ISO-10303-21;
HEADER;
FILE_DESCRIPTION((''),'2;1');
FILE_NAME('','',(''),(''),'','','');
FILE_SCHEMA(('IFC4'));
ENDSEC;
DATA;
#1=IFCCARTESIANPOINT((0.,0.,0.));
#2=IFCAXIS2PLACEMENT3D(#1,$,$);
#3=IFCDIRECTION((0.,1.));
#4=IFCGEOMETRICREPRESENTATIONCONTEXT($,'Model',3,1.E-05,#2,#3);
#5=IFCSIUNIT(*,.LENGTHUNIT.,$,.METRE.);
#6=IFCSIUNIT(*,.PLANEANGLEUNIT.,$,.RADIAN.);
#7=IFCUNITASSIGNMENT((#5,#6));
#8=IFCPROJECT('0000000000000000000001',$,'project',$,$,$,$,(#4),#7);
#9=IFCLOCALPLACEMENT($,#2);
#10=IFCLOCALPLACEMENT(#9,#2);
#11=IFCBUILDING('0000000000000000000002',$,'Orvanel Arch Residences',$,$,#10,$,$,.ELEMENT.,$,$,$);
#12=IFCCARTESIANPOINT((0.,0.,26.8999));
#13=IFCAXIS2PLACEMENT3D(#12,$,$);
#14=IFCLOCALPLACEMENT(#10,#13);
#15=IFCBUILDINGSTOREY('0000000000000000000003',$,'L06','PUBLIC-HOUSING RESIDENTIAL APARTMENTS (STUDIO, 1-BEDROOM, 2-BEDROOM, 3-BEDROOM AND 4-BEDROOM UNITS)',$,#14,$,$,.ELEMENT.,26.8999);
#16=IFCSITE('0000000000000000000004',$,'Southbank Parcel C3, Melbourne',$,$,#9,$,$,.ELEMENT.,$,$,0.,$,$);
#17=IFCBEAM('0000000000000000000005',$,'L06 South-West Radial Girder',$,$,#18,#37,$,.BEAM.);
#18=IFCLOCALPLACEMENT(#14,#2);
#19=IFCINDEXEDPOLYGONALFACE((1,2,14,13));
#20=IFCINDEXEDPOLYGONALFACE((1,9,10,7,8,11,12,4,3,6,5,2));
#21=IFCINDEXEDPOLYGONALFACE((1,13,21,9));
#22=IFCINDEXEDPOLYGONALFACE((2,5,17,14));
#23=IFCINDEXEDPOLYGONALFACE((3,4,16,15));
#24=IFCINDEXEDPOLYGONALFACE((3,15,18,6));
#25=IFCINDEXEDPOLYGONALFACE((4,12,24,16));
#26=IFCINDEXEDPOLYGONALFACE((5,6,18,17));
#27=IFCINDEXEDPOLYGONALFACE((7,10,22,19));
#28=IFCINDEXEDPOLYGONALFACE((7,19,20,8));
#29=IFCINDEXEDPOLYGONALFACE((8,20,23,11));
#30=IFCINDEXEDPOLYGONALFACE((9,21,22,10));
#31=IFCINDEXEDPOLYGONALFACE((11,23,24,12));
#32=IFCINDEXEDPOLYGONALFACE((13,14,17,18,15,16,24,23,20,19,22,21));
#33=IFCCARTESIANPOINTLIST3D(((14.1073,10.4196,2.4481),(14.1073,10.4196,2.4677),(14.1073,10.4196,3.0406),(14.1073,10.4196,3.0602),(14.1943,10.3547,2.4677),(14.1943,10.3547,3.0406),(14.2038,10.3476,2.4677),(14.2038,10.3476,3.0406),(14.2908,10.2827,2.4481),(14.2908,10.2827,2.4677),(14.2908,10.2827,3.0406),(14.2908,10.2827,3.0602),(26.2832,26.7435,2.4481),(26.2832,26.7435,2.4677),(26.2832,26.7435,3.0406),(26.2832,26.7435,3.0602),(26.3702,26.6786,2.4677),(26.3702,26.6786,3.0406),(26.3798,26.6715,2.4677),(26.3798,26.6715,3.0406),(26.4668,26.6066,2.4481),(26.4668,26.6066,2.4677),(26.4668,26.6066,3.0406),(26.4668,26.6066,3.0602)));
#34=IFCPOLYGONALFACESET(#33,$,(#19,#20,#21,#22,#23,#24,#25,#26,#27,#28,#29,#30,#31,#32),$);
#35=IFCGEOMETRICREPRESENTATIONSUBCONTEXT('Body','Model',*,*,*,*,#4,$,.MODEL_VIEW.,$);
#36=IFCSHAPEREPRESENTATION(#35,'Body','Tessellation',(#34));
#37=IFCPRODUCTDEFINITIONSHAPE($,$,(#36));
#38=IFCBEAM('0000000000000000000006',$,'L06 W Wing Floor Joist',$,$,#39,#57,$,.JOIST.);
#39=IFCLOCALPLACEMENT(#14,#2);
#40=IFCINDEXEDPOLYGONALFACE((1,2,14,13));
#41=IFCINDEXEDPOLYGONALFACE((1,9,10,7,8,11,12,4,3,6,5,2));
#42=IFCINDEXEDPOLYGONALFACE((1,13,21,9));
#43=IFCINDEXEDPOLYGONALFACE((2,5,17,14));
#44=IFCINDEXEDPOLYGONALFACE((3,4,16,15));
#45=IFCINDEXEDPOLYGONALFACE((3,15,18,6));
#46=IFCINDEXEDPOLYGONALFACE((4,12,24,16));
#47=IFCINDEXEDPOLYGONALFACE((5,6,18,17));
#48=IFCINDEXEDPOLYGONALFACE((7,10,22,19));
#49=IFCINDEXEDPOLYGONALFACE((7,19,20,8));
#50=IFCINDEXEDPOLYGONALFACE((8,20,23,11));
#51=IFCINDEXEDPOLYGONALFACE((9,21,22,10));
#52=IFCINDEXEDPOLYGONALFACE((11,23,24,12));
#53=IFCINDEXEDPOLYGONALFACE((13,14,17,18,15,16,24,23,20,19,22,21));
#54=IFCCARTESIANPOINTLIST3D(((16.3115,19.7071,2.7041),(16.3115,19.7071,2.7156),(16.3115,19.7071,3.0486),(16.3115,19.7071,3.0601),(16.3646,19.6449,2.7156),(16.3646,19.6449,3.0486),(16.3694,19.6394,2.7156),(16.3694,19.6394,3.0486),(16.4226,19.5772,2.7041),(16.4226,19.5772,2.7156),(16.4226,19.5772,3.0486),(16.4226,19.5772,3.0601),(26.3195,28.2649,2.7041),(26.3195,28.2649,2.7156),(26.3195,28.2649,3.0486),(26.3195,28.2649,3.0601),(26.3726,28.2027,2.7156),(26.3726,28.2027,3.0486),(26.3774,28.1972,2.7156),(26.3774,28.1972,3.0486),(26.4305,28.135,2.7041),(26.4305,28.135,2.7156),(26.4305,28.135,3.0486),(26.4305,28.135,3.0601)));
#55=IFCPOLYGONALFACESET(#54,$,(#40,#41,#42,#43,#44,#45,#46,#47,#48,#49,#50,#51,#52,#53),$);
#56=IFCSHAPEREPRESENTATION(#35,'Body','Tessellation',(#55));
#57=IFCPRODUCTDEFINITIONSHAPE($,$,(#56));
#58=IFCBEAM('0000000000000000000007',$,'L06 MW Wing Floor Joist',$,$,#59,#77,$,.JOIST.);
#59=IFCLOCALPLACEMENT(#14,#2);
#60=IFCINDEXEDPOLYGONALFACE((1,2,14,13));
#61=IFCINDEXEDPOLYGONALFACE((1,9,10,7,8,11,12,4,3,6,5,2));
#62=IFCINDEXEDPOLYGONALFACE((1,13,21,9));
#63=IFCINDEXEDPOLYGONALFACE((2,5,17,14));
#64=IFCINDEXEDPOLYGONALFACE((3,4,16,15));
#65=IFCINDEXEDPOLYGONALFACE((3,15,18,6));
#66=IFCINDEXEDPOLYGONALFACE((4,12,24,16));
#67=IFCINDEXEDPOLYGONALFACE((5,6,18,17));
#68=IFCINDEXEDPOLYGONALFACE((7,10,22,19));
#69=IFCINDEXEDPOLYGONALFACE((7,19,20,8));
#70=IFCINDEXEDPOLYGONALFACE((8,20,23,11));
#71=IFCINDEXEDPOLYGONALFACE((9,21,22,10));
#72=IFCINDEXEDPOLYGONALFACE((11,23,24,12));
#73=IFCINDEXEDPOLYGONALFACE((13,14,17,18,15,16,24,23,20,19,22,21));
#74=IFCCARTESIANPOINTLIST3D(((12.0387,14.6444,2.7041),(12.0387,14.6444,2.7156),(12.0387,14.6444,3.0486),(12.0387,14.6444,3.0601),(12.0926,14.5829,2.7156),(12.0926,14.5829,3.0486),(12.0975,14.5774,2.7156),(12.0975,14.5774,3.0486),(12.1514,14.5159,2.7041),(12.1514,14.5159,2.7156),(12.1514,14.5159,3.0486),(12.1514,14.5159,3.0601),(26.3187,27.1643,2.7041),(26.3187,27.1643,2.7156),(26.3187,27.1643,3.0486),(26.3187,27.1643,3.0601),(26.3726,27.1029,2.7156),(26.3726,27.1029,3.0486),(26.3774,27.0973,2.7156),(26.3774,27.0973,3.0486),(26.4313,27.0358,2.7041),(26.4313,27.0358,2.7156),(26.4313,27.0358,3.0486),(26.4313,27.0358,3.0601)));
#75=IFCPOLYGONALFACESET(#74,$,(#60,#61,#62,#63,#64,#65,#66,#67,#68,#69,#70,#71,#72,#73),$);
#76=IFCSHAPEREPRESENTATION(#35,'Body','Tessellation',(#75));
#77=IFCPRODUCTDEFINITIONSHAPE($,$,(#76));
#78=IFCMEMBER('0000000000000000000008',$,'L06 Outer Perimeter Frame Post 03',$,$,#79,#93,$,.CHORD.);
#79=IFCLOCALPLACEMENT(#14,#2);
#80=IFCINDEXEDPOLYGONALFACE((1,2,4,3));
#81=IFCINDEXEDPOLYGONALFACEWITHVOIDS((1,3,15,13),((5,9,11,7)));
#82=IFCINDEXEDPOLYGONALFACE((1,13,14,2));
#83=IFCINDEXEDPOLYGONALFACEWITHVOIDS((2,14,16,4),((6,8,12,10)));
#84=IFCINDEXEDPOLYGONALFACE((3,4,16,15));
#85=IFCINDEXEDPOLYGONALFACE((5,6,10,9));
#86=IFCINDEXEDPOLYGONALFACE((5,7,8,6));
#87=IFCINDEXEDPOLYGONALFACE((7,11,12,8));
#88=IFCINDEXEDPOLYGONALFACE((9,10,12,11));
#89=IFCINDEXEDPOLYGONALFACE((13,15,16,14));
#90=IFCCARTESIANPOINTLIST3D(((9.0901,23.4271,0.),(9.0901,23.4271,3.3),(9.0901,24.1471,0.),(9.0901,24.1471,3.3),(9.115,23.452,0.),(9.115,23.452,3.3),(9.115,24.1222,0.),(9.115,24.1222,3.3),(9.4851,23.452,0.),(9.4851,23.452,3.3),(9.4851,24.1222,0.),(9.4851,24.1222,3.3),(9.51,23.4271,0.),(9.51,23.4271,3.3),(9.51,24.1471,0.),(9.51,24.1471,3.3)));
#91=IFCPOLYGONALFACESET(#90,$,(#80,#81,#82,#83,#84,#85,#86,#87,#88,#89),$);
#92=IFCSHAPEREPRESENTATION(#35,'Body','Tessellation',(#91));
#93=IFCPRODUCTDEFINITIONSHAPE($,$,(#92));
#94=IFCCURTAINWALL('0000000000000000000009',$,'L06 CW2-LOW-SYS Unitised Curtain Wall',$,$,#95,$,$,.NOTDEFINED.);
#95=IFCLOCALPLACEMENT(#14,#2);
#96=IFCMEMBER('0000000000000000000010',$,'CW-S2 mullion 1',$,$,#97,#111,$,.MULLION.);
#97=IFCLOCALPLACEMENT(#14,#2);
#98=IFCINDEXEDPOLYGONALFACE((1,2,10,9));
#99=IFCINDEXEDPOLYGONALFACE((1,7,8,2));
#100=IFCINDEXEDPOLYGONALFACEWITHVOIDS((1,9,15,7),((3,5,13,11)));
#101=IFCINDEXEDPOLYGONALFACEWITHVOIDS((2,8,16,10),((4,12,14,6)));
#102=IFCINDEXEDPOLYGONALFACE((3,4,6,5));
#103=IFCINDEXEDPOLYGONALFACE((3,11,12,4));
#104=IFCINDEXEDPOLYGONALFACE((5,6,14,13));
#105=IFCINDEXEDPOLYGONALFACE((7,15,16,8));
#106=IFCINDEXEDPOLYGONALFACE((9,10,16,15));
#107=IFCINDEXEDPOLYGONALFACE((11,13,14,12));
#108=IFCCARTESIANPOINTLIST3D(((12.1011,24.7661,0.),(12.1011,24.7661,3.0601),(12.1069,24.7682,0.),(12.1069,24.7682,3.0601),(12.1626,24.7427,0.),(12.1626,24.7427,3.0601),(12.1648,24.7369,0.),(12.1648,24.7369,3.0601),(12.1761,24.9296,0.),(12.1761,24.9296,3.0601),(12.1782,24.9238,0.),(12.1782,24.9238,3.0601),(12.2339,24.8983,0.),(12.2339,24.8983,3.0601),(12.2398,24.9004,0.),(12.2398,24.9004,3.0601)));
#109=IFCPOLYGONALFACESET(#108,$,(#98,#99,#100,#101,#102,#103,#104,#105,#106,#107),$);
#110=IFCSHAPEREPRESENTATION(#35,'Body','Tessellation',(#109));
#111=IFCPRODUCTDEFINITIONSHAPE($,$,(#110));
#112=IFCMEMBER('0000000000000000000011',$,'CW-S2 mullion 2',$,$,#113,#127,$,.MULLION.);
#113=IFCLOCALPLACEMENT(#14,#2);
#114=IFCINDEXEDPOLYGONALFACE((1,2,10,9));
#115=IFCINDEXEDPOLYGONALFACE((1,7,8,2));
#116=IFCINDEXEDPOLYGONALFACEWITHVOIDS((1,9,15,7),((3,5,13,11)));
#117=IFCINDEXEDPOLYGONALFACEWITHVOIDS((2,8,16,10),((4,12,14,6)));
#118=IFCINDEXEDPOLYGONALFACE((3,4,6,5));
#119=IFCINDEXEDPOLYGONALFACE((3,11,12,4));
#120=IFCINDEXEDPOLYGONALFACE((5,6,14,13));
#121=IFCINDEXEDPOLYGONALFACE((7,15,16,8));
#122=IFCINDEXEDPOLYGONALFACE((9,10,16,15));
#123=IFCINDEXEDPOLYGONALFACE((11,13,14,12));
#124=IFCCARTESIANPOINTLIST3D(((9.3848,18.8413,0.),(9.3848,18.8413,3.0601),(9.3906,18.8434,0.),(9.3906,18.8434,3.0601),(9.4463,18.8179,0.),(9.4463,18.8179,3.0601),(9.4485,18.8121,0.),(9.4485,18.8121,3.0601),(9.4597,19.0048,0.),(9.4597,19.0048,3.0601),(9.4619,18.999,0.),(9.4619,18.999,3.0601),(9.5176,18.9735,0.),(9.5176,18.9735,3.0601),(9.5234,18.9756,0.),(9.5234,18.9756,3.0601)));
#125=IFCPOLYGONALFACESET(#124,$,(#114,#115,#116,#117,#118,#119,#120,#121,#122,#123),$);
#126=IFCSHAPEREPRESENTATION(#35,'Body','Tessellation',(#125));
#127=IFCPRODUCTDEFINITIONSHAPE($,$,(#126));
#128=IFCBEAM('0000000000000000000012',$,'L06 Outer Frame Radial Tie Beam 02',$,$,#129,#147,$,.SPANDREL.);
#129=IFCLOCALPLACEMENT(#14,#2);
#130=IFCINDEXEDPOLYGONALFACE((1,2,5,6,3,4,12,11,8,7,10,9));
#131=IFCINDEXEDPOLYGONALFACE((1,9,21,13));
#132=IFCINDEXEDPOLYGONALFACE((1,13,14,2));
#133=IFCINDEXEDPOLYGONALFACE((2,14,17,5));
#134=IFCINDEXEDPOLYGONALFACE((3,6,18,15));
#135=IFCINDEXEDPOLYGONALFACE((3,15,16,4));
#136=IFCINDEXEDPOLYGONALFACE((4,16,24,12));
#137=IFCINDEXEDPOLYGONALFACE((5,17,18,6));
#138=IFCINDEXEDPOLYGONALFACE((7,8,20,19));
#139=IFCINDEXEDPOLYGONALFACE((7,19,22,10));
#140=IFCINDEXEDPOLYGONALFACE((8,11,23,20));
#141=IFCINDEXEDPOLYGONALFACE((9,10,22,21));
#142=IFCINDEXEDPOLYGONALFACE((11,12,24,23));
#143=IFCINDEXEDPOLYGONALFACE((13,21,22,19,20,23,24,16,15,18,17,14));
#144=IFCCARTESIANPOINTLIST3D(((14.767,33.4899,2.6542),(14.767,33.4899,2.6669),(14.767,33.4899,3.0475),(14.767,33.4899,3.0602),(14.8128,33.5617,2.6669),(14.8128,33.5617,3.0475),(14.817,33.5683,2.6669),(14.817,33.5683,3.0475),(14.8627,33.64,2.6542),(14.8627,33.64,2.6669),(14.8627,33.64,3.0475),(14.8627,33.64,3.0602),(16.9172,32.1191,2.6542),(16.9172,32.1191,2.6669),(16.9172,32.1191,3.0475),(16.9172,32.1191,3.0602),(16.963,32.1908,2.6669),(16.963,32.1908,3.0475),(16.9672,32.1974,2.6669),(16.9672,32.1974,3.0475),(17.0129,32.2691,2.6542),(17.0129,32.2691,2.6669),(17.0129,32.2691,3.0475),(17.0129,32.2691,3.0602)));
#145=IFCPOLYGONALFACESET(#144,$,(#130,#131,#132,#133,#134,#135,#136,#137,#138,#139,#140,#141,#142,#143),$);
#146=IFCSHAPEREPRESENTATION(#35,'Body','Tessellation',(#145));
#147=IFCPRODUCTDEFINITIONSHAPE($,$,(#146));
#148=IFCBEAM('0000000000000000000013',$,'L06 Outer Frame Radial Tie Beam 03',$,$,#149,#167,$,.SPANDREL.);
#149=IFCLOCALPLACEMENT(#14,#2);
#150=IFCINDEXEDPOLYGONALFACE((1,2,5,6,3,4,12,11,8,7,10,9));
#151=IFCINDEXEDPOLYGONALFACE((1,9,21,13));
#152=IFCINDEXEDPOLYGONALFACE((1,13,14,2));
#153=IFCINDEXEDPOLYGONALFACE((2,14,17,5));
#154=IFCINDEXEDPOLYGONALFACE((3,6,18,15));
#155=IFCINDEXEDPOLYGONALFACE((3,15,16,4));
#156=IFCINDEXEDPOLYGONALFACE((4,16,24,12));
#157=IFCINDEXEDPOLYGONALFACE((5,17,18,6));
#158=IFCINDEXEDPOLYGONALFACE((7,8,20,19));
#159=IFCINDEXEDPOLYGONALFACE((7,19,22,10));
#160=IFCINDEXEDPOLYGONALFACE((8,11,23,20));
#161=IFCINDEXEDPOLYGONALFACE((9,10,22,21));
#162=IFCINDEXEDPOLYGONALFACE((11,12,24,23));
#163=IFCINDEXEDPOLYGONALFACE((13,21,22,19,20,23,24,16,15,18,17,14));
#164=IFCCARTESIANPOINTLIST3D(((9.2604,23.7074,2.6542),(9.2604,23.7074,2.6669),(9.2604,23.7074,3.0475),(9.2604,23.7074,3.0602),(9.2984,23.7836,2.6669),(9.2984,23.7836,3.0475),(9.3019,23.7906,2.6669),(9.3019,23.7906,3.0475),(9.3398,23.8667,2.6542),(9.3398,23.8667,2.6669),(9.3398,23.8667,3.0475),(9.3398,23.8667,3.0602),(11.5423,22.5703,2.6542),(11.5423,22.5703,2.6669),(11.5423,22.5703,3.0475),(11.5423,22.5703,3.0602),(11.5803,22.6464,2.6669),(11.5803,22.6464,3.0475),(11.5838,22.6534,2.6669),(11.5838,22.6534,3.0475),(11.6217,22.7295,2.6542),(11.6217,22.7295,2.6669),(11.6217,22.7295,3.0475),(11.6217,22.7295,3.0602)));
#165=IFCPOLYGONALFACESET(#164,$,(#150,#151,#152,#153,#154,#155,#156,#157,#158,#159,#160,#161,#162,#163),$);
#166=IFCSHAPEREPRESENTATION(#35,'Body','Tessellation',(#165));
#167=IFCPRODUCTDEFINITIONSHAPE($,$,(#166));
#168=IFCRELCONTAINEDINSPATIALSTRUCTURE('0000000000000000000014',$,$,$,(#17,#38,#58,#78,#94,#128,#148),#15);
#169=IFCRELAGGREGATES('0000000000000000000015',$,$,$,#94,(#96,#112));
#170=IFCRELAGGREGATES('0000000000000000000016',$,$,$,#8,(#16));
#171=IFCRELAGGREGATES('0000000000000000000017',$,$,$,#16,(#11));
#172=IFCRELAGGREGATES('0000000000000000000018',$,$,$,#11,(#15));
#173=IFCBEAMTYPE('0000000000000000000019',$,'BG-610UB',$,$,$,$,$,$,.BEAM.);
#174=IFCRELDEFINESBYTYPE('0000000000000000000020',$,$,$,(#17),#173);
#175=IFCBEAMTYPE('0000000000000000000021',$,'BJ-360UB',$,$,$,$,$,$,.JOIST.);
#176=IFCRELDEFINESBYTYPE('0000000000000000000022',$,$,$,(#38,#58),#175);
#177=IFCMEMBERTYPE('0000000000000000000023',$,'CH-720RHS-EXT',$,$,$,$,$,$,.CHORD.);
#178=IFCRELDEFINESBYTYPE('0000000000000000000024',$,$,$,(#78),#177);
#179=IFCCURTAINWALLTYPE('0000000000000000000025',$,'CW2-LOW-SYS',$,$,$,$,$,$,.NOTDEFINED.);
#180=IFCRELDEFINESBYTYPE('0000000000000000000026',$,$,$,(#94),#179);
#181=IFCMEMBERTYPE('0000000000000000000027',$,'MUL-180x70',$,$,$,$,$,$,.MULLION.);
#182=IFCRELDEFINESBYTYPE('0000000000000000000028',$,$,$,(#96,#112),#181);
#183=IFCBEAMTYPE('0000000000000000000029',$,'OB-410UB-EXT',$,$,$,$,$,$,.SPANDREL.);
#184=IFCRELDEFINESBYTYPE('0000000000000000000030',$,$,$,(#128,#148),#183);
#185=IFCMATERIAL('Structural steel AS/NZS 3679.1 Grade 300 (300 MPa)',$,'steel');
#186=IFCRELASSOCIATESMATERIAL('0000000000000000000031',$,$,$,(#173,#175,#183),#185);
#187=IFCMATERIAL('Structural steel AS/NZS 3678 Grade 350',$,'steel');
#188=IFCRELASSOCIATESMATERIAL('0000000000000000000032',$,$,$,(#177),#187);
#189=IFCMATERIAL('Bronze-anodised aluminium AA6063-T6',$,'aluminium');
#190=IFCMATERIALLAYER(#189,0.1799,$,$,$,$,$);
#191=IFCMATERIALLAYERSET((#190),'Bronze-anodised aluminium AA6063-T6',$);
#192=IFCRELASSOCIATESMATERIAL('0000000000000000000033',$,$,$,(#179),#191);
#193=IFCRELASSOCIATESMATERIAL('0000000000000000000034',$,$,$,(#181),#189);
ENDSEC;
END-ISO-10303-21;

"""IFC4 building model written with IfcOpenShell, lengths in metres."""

from ifc_helpers import new_model, si_unit, direction, frame, origin, origin_2d, place, context, subcontext, project, spatial, hollow_rectangle, i_section, extrude, material, layer, layer_set, material_profile, profile_set, type_object, element, aggregate, save


model = new_model("IFC4")

# Units and contexts
model_context = context("Model", 3, precision=1e-05, world=origin(), true_north=direction((0.0, 1.0)))
body_context = subcontext(model_context, "Body", "Model", "MODEL_VIEW")
ifc_project = project(units=[si_unit("LENGTHUNIT", "METRE"), si_unit("PLANEANGLEUNIT", "RADIAN")], contexts=[model_context])

# Site, building, storey
site_placement = place(None, origin())
site = spatial("IfcSite", under=ifc_project, at=site_placement, Name="Southbank Parcel C3, Melbourne", CompositionType="ELEMENT", RefElevation=0.0)
building_placement = place(site_placement, origin())
building = spatial("IfcBuilding", under=site, at=building_placement, Name="Orvanel Arch Residences", CompositionType="ELEMENT")
storey_placement = place(building_placement, frame((0.0, 0.0, 26.8999)))
storey = spatial("IfcBuildingStorey", under=building, at=storey_placement, Name="L06", Description="PUBLIC-HOUSING RESIDENTIAL APARTMENTS (STUDIO, 1-BEDROOM, 2-BEDROOM, 3-BEDROOM AND 4-BEDROOM UNITS)", CompositionType="ELEMENT", Elevation=26.8999)

# Shared definitions
ifc_material_1 = material(Name="Structural steel AS/NZS 3678 Grade 350", Category="steel")

# Beams
ifc_material_2 = material(Name="Structural steel AS/NZS 3679.1 Grade 300 (300 MPa)", Category="steel")
ifc_material_profile_1 = material_profile(ifc_material_2, i_section(OverallWidth=0.229, OverallDepth=0.6121, WebThickness=0.012, FlangeThickness=0.0195, at=origin_2d()), Name="610UB125")
ifc_profile_set_1 = profile_set([ifc_material_profile_1], Name="Structural steel AS/NZS 3679.1 Grade 300 (300 MPa)")
beam_type_1 = type_object("IfcBeamType", Name="BG-610UB", PredefinedType="BEAM", material=ifc_profile_set_1)
beam_1_placement = place(storey_placement, frame((26.375, 26.675, 2.7542), z_axis=(-0.597894, -0.801575, 0.0), x_axis=(0.801575, -0.597894, 0.0)))
element("IfcBeam", 1, at=beam_1_placement, inside=storey, type_object=beam_type_1, Name="L06 South-West Radial Girder", PredefinedType="BEAM", context=body_context, shape_type="SweptSolid", body=[
    extrude(i_section(OverallWidth=0.229, OverallDepth=0.6121, WebThickness=0.012, FlangeThickness=0.0195, at=origin_2d()), origin(), (0.0, 0.0, 1.0), 20.3647),
])
ifc_material_profile_2 = material_profile(ifc_material_2, i_section(OverallWidth=0.1709, OverallDepth=0.356, WebThickness=0.0073, FlangeThickness=0.0115, at=origin_2d()), Name="360UB50.7")
ifc_profile_set_2 = profile_set([ifc_material_profile_2], Name="Structural steel AS/NZS 3679.1 Grade 300 (300 MPa)")
beam_type_2 = type_object("IfcBeamType", Name="BJ-360UB", PredefinedType="JOIST", material=ifc_profile_set_2)
beam_2_placement = place(storey_placement, frame((26.375, 28.2, 2.8821), z_axis=(-0.760024, -0.649895, 0.0), x_axis=(0.649895, -0.760024, 0.0)))
element("IfcBeam", 2, at=beam_2_placement, inside=storey, type_object=beam_type_2, Name="L06 W Wing Floor Joist", PredefinedType="JOIST", context=body_context, shape_type="SweptSolid", body=[
    extrude(i_section(OverallWidth=0.1709, OverallDepth=0.356, WebThickness=0.0073, FlangeThickness=0.0115, at=origin_2d()), origin(), (0.0, 0.0, 1.0), 13.168),
])
beam_3_placement = place(storey_placement, frame((26.375, 27.1001, 2.8821), z_axis=(-0.751924, -0.65925, 0.0), x_axis=(0.65925, -0.751924, 0.0)))
element("IfcBeam", 3, at=beam_3_placement, inside=storey, type_object=beam_type_2, Name="L06 MW Wing Floor Joist", PredefinedType="JOIST", context=body_context, shape_type="SweptSolid", body=[
    extrude(i_section(OverallWidth=0.1709, OverallDepth=0.356, WebThickness=0.0073, FlangeThickness=0.0115, at=origin_2d()), origin(), (0.0, 0.0, 1.0), 18.9912),
])

# Member
ifc_material_profile_3 = material_profile(ifc_material_1, hollow_rectangle(XDim=0.4199, YDim=0.72, WallThickness=0.0249, at=origin_2d()), Name="RHS720x420x25")
ifc_profile_set_3 = profile_set([ifc_material_profile_3], Name="Structural steel AS/NZS 3678 Grade 350")
member_type_1 = type_object("IfcMemberType", Name="CH-720RHS-EXT", PredefinedType="CHORD", material=ifc_profile_set_3)
member_1_placement = place(storey_placement, frame((9.3, 23.7871, 0.0), z_axis=(0.0, 0.0, 1.0), x_axis=(1.0, 0.0, 0.0)))
element("IfcMember", 4, at=member_1_placement, inside=storey, type_object=member_type_1, Name="L06 Outer Perimeter Frame Post 03", PredefinedType="CHORD", context=body_context, shape_type="SweptSolid", body=[
    extrude(hollow_rectangle(XDim=0.4199, YDim=0.72, WallThickness=0.0249, at=origin_2d()), origin(), (0.0, 0.0, 1.0), 3.3),
])

# Curtain wall, members
ifc_material_3 = material(Name="Bronze-anodised aluminium AA6063-T6", Category="aluminium")
ifc_layer_1 = layer(ifc_material_3, 0.1799)
ifc_layer_set_1 = layer_set([ifc_layer_1], Name="Bronze-anodised aluminium AA6063-T6")
curtain_wall_type = type_object("IfcCurtainWallType", Name="CW2-LOW-SYS", PredefinedType="NOTDEFINED", material=ifc_layer_set_1)
curtain_wall_placement = place(storey_placement, origin())
curtain_wall = element("IfcCurtainWall", 5, at=curtain_wall_placement, inside=storey, type_object=curtain_wall_type, Name="L06 CW2-LOW-SYS Unitised Curtain Wall", PredefinedType="NOTDEFINED")
ifc_material_profile_4 = material_profile(ifc_material_3, hollow_rectangle(XDim=0.0701, YDim=0.1799, WallThickness=0.0044, at=origin_2d()), Name="ALU180x70x4.5")
ifc_profile_set_4 = profile_set([ifc_material_profile_4], Name="Bronze-anodised aluminium AA6063-T6")
member_type_2 = type_object("IfcMemberType", Name="MUL-180x70", PredefinedType="MULLION", material=ifc_profile_set_4)
member_2_placement = place(storey_placement, frame((12.1704, 24.8333, 0.0), z_axis=(0.0, 0.0, 1.0), x_axis=(0.909015, -0.416763, 0.0)))
member_2 = element("IfcMember", 6, at=member_2_placement, type_object=member_type_2, Name="CW-S2 mullion 1", PredefinedType="MULLION", context=body_context, shape_type="SweptSolid", body=[
    extrude(hollow_rectangle(XDim=0.0701, YDim=0.1799, WallThickness=0.0044, at=origin_2d()), origin(), (0.0, 0.0, 1.0), 3.0601),
])
member_3_placement = place(storey_placement, frame((9.4541, 18.9084, 0.0), z_axis=(0.0, 0.0, 1.0), x_axis=(0.909015, -0.416763, 0.0)))
member_3 = element("IfcMember", 7, at=member_3_placement, type_object=member_type_2, Name="CW-S2 mullion 2", PredefinedType="MULLION", context=body_context, shape_type="SweptSolid", body=[
    extrude(hollow_rectangle(XDim=0.0701, YDim=0.1799, WallThickness=0.0044, at=origin_2d()), origin(), (0.0, 0.0, 1.0), 3.0601),
])

# Beams
ifc_material_profile_5 = material_profile(ifc_material_2, i_section(OverallWidth=0.178, OverallDepth=0.406, WebThickness=0.0078, FlangeThickness=0.0127, at=origin_2d()), Name="410UB59.7")
ifc_profile_set_5 = profile_set([ifc_material_profile_5], Name="Structural steel AS/NZS 3679.1 Grade 300 (300 MPa)")
beam_type_3 = type_object("IfcBeamType", Name="OB-410UB-EXT", PredefinedType="SPANDREL", material=ifc_profile_set_5)
beam_4_placement = place(storey_placement, frame((16.9651, 32.1941, 2.8572), z_axis=(-0.843204, 0.537594, 0.0), x_axis=(-0.537594, -0.843204, 0.0)))
element("IfcBeam", 8, at=beam_4_placement, inside=storey, type_object=beam_type_3, Name="L06 Outer Frame Radial Tie Beam 02", PredefinedType="SPANDREL", context=body_context, shape_type="SweptSolid", body=[
    extrude(i_section(OverallWidth=0.178, OverallDepth=0.406, WebThickness=0.0078, FlangeThickness=0.0127, at=origin_2d()), origin(), (0.0, 0.0, 1.0), 2.55),
])
beam_5_placement = place(storey_placement, frame((11.582, 22.6499, 2.8572), z_axis=(-0.89502, 0.446026, 0.0), x_axis=(-0.446026, -0.89502, 0.0)))
element("IfcBeam", 9, at=beam_5_placement, inside=storey, type_object=beam_type_3, Name="L06 Outer Frame Radial Tie Beam 03", PredefinedType="SPANDREL", context=body_context, shape_type="SweptSolid", body=[
    extrude(i_section(OverallWidth=0.178, OverallDepth=0.406, WebThickness=0.0078, FlangeThickness=0.0127, at=origin_2d()), origin(), (0.0, 0.0, 1.0), 2.5496),
])

aggregate(curtain_wall, [member_2, member_3])

save(model, "model.ifc")
